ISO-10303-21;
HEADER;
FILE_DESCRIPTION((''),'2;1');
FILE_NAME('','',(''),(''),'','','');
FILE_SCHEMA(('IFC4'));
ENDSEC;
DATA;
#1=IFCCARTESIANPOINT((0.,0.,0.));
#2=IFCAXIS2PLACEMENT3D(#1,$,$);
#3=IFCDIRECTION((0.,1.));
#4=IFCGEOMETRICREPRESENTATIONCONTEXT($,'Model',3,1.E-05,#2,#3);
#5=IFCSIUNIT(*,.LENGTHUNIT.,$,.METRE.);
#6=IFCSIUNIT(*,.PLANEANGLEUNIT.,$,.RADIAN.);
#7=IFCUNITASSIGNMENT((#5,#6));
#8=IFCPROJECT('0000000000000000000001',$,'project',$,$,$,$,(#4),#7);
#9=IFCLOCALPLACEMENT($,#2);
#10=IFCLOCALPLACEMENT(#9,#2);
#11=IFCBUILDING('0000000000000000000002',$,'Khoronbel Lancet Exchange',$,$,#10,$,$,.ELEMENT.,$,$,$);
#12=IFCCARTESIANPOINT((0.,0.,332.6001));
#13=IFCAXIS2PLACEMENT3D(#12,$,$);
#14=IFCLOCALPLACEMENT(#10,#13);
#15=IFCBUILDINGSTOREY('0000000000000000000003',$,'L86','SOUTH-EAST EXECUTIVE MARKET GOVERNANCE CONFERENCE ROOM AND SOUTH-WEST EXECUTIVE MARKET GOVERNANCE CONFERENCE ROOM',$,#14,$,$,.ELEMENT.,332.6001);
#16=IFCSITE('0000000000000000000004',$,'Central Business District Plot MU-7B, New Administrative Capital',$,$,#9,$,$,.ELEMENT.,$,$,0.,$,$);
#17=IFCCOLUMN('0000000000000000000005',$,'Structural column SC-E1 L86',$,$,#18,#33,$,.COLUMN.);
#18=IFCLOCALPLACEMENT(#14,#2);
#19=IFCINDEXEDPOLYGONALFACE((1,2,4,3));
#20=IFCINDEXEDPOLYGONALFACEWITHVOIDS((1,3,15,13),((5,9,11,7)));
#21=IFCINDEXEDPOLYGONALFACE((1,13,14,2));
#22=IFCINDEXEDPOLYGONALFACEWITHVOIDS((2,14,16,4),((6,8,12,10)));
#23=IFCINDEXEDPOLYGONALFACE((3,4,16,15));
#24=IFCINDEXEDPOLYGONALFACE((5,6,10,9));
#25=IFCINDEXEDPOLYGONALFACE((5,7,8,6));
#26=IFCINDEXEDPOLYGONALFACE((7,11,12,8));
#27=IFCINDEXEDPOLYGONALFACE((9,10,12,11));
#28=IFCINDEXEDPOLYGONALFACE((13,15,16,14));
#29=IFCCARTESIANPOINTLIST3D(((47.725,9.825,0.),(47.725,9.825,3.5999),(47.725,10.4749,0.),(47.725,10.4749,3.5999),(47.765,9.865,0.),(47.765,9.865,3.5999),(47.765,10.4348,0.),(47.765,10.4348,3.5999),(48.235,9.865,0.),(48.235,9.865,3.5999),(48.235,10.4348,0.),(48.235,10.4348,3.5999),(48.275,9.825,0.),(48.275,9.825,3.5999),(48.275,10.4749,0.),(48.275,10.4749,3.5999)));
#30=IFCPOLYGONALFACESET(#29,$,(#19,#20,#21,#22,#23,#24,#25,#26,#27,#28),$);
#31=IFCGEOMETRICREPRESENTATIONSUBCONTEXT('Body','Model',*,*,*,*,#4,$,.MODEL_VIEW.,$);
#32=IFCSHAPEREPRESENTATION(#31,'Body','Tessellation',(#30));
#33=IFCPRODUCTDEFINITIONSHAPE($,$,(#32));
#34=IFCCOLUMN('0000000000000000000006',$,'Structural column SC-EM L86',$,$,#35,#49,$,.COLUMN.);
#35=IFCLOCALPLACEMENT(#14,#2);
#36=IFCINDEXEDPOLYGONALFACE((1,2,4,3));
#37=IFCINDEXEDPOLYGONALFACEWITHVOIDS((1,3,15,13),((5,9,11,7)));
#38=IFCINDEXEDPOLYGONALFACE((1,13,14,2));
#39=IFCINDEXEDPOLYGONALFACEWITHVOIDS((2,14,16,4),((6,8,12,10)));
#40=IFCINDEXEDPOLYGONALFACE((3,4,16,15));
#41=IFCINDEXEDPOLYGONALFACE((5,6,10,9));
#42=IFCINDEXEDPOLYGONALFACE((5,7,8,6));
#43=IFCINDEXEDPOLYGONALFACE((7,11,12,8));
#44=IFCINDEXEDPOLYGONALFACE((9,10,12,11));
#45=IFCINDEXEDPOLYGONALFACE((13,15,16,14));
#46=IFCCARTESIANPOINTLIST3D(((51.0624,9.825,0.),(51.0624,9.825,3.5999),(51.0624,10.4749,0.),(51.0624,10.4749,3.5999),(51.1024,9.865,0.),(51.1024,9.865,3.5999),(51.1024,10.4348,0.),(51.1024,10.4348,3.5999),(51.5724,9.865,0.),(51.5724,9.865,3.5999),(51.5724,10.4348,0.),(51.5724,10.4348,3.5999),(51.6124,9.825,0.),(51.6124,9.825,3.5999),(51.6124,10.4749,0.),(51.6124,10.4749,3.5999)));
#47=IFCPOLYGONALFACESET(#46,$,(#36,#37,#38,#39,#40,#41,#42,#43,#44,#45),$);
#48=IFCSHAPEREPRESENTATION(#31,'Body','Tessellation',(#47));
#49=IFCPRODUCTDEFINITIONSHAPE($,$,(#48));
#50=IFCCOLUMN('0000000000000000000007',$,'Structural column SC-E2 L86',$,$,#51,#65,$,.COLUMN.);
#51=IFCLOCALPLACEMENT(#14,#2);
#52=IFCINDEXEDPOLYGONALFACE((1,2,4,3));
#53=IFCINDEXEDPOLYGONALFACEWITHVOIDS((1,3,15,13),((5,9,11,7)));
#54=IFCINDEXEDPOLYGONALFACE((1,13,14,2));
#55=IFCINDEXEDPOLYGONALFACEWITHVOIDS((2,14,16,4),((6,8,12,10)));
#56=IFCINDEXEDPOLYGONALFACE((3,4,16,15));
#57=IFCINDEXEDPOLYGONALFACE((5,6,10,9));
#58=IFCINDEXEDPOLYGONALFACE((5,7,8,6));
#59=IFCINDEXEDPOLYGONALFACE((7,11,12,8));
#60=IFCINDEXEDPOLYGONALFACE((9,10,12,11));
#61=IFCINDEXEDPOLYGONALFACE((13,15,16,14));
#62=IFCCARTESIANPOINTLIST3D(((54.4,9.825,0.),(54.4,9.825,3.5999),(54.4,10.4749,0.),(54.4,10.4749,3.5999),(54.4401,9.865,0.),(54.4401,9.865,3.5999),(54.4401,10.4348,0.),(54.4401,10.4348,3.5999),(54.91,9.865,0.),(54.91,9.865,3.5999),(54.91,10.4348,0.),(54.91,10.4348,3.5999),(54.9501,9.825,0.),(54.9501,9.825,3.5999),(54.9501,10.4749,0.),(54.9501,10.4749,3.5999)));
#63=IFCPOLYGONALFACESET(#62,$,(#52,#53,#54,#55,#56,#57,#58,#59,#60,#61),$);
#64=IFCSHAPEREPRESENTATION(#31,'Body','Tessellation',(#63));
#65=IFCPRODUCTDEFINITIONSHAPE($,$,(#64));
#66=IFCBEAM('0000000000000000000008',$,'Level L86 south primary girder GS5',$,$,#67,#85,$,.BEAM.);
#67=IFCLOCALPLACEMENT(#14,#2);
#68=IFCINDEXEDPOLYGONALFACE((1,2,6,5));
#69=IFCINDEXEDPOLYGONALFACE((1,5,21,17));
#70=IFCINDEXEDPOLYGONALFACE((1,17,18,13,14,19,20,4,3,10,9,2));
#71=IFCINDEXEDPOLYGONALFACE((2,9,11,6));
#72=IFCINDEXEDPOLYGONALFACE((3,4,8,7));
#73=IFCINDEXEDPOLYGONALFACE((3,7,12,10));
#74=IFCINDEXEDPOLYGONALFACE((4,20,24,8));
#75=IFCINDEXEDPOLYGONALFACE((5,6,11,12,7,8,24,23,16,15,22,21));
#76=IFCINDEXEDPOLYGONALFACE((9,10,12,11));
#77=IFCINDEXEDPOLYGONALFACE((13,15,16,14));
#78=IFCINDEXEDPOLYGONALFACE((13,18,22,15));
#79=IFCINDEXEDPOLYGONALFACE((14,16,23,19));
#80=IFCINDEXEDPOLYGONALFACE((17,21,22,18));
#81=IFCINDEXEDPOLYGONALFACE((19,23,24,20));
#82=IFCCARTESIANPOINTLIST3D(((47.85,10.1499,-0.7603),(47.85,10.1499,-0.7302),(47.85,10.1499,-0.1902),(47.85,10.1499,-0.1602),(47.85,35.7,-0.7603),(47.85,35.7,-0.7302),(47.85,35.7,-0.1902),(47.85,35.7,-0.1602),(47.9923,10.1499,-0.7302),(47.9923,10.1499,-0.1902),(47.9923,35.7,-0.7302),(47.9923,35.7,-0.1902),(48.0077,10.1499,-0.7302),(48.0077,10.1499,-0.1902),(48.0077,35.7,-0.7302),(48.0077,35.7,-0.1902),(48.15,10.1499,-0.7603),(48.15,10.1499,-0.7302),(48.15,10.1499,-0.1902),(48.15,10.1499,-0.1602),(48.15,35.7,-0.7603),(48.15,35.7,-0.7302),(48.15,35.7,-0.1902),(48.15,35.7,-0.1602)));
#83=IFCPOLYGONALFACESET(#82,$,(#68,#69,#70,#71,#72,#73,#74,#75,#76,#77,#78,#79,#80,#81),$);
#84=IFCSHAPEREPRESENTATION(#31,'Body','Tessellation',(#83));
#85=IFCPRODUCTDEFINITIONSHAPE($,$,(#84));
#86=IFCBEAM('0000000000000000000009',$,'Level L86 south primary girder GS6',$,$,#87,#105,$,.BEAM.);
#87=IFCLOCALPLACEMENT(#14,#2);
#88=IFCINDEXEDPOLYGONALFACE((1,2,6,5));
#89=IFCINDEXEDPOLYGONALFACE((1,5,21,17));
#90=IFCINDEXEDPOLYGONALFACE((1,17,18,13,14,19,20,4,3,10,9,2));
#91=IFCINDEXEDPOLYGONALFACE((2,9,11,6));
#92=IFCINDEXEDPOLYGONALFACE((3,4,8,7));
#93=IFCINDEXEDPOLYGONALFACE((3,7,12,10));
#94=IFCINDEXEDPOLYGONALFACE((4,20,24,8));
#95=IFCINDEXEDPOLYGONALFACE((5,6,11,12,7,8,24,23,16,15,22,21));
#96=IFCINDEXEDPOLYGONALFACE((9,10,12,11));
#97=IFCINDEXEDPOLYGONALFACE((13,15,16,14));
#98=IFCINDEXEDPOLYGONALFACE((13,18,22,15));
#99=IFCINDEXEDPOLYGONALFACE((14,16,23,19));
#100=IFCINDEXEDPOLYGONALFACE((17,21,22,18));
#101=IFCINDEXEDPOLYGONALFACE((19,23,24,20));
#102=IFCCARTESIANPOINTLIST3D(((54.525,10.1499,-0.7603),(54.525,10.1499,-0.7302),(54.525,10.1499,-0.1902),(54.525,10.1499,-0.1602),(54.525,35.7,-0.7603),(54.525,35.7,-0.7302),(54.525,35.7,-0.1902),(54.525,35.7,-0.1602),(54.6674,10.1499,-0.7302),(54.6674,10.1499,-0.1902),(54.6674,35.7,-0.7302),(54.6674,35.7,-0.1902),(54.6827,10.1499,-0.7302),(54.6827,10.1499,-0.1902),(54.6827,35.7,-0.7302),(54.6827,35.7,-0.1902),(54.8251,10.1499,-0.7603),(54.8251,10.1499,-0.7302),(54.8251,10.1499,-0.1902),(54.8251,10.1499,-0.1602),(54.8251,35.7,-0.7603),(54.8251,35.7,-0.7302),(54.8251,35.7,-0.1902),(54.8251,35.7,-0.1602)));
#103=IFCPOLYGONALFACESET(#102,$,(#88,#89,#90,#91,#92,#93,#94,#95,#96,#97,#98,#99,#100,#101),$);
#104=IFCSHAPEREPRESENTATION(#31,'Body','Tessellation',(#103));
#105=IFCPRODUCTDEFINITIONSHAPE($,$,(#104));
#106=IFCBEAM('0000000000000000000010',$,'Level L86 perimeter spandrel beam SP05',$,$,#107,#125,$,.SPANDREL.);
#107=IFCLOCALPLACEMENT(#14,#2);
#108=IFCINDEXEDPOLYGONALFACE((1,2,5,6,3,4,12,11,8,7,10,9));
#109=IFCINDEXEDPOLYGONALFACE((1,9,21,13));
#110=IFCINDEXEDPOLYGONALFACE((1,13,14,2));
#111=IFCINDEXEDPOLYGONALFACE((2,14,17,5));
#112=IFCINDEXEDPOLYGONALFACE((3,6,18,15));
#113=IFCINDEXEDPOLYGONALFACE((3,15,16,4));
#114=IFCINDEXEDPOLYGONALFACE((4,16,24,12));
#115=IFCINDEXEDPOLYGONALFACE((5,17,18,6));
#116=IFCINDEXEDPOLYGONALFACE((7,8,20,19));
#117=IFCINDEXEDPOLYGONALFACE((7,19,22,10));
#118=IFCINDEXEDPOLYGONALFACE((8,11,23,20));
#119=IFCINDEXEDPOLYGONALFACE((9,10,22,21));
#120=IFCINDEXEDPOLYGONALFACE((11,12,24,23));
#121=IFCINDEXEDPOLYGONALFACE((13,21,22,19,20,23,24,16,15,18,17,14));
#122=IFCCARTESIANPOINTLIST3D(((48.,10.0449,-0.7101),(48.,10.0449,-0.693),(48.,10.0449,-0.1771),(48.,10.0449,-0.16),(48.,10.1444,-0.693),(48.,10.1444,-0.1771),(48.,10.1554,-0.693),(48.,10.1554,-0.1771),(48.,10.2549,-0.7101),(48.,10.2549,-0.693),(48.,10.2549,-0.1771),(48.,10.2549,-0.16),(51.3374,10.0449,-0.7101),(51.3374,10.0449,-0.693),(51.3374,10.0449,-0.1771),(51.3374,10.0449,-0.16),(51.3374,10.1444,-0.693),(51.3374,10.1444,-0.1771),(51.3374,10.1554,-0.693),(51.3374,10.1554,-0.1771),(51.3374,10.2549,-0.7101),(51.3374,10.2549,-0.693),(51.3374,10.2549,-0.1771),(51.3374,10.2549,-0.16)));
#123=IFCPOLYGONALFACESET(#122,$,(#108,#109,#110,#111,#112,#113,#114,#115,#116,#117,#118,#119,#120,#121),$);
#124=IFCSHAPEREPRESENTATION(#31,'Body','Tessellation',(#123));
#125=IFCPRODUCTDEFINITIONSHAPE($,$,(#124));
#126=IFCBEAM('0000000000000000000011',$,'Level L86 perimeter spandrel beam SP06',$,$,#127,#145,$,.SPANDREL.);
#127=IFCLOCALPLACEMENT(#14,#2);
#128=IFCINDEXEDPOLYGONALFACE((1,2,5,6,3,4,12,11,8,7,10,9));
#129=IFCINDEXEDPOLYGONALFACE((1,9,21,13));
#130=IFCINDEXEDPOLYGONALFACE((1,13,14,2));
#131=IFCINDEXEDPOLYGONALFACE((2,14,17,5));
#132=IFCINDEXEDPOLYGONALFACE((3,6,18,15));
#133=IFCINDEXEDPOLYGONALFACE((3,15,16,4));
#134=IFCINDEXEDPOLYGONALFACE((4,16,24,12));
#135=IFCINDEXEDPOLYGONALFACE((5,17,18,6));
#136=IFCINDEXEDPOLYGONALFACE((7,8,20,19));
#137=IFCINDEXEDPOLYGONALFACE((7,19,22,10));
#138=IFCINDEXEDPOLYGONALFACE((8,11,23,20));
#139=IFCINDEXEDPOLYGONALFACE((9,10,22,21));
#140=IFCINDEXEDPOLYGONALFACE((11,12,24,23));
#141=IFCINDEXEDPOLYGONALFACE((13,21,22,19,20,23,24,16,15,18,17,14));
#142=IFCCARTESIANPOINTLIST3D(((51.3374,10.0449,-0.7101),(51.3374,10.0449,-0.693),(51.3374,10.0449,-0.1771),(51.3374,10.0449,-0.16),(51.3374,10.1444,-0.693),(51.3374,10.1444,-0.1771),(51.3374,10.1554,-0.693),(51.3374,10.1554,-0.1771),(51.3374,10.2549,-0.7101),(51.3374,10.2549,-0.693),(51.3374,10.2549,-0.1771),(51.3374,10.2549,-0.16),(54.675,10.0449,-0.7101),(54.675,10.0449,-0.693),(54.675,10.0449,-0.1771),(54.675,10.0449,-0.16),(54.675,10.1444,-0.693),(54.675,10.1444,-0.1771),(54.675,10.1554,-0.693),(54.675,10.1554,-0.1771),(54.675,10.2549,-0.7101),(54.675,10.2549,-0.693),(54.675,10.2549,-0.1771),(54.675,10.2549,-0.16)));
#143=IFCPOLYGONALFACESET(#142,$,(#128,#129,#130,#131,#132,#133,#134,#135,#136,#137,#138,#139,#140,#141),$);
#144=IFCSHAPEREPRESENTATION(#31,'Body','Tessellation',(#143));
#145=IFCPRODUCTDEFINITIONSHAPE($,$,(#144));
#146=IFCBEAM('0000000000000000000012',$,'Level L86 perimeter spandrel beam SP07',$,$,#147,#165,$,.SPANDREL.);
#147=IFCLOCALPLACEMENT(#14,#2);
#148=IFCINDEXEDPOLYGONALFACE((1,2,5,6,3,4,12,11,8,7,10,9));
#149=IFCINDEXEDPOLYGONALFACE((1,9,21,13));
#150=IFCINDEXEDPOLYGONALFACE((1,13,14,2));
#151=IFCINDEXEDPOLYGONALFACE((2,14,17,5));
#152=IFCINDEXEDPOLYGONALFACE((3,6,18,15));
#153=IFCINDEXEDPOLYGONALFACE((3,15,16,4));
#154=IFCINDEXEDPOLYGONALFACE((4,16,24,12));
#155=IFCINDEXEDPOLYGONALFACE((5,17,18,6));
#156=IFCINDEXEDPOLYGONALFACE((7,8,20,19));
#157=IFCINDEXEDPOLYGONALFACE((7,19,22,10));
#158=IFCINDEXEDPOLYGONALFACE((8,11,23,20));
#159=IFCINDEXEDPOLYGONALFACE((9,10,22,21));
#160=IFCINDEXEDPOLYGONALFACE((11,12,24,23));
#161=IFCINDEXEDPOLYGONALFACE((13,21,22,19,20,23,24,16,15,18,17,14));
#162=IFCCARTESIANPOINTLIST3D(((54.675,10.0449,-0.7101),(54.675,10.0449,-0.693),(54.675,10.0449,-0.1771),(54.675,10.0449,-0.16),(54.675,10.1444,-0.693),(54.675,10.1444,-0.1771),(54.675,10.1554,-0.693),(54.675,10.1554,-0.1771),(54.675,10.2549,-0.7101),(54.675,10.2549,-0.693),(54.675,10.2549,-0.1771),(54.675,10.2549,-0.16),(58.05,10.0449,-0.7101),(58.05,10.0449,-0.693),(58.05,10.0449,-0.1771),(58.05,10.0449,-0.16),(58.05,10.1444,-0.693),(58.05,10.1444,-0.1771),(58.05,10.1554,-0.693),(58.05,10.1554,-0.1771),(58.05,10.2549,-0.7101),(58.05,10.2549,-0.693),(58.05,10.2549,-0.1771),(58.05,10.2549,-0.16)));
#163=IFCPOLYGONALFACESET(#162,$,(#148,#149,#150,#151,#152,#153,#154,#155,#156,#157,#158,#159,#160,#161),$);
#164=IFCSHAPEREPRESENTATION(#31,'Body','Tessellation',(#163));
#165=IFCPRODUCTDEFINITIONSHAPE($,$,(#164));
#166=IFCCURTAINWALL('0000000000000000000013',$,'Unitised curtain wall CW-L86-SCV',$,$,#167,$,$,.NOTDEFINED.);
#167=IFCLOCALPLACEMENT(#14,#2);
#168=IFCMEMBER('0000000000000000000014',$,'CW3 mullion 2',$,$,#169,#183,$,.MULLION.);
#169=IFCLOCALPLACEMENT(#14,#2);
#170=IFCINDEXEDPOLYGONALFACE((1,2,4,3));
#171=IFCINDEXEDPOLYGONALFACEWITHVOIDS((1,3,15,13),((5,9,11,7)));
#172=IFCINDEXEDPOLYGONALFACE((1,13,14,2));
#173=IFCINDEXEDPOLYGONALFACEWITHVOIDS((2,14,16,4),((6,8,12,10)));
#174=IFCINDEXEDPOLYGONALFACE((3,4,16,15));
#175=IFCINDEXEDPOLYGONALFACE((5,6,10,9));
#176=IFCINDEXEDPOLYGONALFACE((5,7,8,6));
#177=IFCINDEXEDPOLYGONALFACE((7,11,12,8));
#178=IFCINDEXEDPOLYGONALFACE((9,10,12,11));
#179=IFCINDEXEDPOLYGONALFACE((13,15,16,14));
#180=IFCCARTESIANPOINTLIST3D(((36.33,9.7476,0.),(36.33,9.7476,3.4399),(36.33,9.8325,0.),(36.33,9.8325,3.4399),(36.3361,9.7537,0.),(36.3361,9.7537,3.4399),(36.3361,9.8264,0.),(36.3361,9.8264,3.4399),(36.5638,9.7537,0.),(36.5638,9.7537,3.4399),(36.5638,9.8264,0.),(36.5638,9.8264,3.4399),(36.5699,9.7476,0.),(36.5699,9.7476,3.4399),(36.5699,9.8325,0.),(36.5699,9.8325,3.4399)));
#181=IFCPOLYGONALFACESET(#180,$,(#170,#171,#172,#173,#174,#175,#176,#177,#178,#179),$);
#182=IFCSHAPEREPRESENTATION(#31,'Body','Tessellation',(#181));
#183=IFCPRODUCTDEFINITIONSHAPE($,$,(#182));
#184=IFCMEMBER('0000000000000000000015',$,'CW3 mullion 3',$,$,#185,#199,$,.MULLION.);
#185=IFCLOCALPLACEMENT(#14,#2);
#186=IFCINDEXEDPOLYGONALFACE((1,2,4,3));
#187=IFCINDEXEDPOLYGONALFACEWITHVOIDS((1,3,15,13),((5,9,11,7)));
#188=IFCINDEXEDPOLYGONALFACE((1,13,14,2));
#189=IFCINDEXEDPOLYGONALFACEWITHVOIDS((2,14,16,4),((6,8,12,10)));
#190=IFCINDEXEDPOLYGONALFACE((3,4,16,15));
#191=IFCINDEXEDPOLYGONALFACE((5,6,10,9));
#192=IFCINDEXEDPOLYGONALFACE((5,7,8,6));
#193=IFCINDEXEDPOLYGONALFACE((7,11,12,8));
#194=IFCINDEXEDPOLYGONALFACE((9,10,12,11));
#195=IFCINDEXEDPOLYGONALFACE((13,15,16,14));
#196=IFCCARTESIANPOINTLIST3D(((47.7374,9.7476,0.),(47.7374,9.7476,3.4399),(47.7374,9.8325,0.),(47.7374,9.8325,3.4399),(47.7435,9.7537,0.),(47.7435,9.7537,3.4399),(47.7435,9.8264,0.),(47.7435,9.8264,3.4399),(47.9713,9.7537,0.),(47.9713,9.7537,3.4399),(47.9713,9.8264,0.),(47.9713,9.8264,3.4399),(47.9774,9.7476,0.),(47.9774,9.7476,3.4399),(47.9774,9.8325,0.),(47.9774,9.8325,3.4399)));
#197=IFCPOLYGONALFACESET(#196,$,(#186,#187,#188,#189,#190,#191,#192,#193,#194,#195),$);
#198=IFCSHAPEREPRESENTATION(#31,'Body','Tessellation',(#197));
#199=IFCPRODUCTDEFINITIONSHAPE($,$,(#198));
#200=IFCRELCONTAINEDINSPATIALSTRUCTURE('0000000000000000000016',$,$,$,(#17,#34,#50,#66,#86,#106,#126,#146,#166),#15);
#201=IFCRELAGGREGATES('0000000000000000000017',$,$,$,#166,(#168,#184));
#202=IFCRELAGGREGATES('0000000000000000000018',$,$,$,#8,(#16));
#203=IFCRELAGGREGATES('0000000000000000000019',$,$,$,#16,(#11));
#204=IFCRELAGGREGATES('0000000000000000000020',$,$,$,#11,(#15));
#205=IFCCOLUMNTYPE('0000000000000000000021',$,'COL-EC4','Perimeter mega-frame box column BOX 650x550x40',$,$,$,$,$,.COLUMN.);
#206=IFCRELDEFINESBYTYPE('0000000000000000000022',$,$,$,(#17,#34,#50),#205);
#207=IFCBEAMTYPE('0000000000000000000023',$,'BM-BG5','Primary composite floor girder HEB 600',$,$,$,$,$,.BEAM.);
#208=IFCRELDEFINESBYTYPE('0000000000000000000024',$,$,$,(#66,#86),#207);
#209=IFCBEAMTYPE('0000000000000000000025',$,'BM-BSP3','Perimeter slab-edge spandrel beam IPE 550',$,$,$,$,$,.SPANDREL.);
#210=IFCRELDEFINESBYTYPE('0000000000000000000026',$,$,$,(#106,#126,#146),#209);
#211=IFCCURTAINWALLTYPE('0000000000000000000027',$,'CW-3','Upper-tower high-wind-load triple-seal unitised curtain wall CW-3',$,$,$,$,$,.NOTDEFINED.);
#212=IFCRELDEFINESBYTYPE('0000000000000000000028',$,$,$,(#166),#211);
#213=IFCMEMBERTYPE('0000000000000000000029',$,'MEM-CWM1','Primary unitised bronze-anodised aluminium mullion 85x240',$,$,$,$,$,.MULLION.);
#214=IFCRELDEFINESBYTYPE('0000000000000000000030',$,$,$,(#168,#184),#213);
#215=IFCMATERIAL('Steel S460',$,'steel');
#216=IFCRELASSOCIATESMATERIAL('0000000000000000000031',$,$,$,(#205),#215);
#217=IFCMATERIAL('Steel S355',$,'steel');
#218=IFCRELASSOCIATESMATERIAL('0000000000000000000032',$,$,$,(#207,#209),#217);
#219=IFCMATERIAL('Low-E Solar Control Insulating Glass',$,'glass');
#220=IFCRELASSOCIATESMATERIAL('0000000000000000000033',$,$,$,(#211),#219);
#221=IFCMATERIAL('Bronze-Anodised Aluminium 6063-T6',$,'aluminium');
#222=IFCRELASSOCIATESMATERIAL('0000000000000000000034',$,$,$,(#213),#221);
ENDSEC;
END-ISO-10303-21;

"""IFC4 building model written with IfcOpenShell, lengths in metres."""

from ifc_helpers import new_model, si_unit, direction, frame, origin, origin_2d, place, context, subcontext, project, spatial, hollow_rectangle, i_section, extrude, material, material_profile, profile_set, type_object, element, aggregate, save


model = new_model("IFC4")

# Units and contexts
model_context = context("Model", 3, precision=1e-05, world=origin(), true_north=direction((0.0, 1.0)))
body_context = subcontext(model_context, "Body", "Model", "MODEL_VIEW")
ifc_project = project(units=[si_unit("LENGTHUNIT", "METRE"), si_unit("PLANEANGLEUNIT", "RADIAN")], contexts=[model_context])

# Site, building, storey
site_placement = place(None, origin())
site = spatial("IfcSite", under=ifc_project, at=site_placement, Name="Central Business District Plot MU-7B, New Administrative Capital", CompositionType="ELEMENT", RefElevation=0.0)
building_placement = place(site_placement, origin())
building = spatial("IfcBuilding", under=site, at=building_placement, Name="Khoronbel Lancet Exchange", CompositionType="ELEMENT")
storey_placement = place(building_placement, frame((0.0, 0.0, 332.6001)))
storey = spatial("IfcBuildingStorey", under=building, at=storey_placement, Name="L86", Description="SOUTH-EAST EXECUTIVE MARKET GOVERNANCE CONFERENCE ROOM AND SOUTH-WEST EXECUTIVE MARKET GOVERNANCE CONFERENCE ROOM", CompositionType="ELEMENT", Elevation=332.6001)

# Columns
ifc_material_1 = material(Name="Steel S460", Category="steel")
ifc_material_profile_1 = material_profile(ifc_material_1, hollow_rectangle(XDim=0.55, YDim=0.6499, WallThickness=0.04, at=origin_2d()), Name="BOX 650x550x40")
ifc_profile_set_1 = profile_set([ifc_material_profile_1], Name="Steel S460")
column_type = type_object("IfcColumnType", Name="COL-EC4", Description="Perimeter mega-frame box column BOX 650x550x40", PredefinedType="COLUMN", material=ifc_profile_set_1)
for number, where, z_axis, x_axis, name in (
    (1, (48.0, 10.1499, 0.0), (0.0, 0.0, 1.0), (1.0, 0.0, 0.0), "Structural column SC-E1 L86"),
    (2, (51.3374, 10.1499, 0.0), (0.0, 0.0, 1.0), (1.0, 0.0, 0.0), "Structural column SC-EM L86"),
    (3, (54.675, 10.1499, 0.0), (0.0, 0.0, 1.0), (1.0, 0.0, 0.0), "Structural column SC-E2 L86"),
):
    element("IfcColumn", number, at=place(storey_placement, frame(where, z_axis=z_axis, x_axis=x_axis)), inside=storey, type_object=column_type, Name=name, PredefinedType="COLUMN", context=body_context, shape_type="SweptSolid", body=[
        extrude(hollow_rectangle(XDim=0.55, YDim=0.6499, WallThickness=0.04, at=origin_2d()), origin(), (0.0, 0.0, 1.0), 3.5999),
    ])

# Beams
ifc_material_2 = material(Name="Steel S355", Category="steel")
ifc_material_profile_2 = material_profile(ifc_material_2, i_section(OverallWidth=0.3, OverallDepth=0.6001, WebThickness=0.0154, FlangeThickness=0.03, at=origin_2d()), Name="HEB 600")
ifc_profile_set_2 = profile_set([ifc_material_profile_2], Name="Steel S355")
beam_type_1 = type_object("IfcBeamType", Name="BM-BG5", Description="Primary composite floor girder HEB 600", PredefinedType="BEAM", material=ifc_profile_set_2)
for number, where, z_axis, x_axis, name in (
    (4, (48.0, 10.1499, -0.4602), (0.0, 1.0, 0.0), (-1.0, 0.0, 0.0), "Level L86 south primary girder GS5"),
    (5, (54.675, 10.1499, -0.4602), (0.0, 1.0, 0.0), (-1.0, 0.0, 0.0), "Level L86 south primary girder GS6"),
):
    element("IfcBeam", number, at=place(storey_placement, frame(where, z_axis=z_axis, x_axis=x_axis)), inside=storey, type_object=beam_type_1, Name=name, PredefinedType="BEAM", context=body_context, shape_type="SweptSolid", body=[
        extrude(i_section(OverallWidth=0.3, OverallDepth=0.6001, WebThickness=0.0154, FlangeThickness=0.03, at=origin_2d()), origin(), (0.0, 0.0, 1.0), 25.55),
    ])
ifc_material_profile_3 = material_profile(ifc_material_2, i_section(OverallWidth=0.21, OverallDepth=0.55, WebThickness=0.011, FlangeThickness=0.0171, at=origin_2d()), Name="IPE 550")
ifc_profile_set_3 = profile_set([ifc_material_profile_3], Name="Steel S355")
beam_type_2 = type_object("IfcBeamType", Name="BM-BSP3", Description="Perimeter slab-edge spandrel beam IPE 550", PredefinedType="SPANDREL", material=ifc_profile_set_3)
beam_1_placement = place(storey_placement, frame((48.0, 10.1499, -0.4351), z_axis=(1.0, 0.0, 0.0), x_axis=(0.0, 1.0, 0.0)))
element("IfcBeam", 6, at=beam_1_placement, inside=storey, type_object=beam_type_2, Name="Level L86 perimeter spandrel beam SP05", PredefinedType="SPANDREL", context=body_context, shape_type="SweptSolid", body=[
    extrude(i_section(OverallWidth=0.21, OverallDepth=0.55, WebThickness=0.011, FlangeThickness=0.0171, at=origin_2d()), origin(), (0.0, 0.0, 1.0), 3.3374),
])
beam_2_placement = place(storey_placement, frame((51.3374, 10.1499, -0.4351), z_axis=(1.0, 0.0, 0.0), x_axis=(0.0, 1.0, 0.0)))
element("IfcBeam", 7, at=beam_2_placement, inside=storey, type_object=beam_type_2, Name="Level L86 perimeter spandrel beam SP06", PredefinedType="SPANDREL", context=body_context, shape_type="SweptSolid", body=[
    extrude(i_section(OverallWidth=0.21, OverallDepth=0.55, WebThickness=0.011, FlangeThickness=0.0171, at=origin_2d()), origin(), (0.0, 0.0, 1.0), 3.3376),
])
beam_3_placement = place(storey_placement, frame((54.675, 10.1499, -0.4351), z_axis=(1.0, 0.0, 0.0), x_axis=(0.0, 1.0, 0.0)))
element("IfcBeam", 8, at=beam_3_placement, inside=storey, type_object=beam_type_2, Name="Level L86 perimeter spandrel beam SP07", PredefinedType="SPANDREL", context=body_context, shape_type="SweptSolid", body=[
    extrude(i_section(OverallWidth=0.21, OverallDepth=0.55, WebThickness=0.011, FlangeThickness=0.0171, at=origin_2d()), origin(), (0.0, 0.0, 1.0), 3.375),
])

# Curtain wall, members
ifc_material_3 = material(Name="Low-E Solar Control Insulating Glass", Category="glass")
curtain_wall_type = type_object("IfcCurtainWallType", Name="CW-3", Description="Upper-tower high-wind-load triple-seal unitised curtain wall CW-3", PredefinedType="NOTDEFINED", material=ifc_material_3)
curtain_wall_1_placement = place(storey_placement, origin())
curtain_wall_1 = element("IfcCurtainWall", 9, at=curtain_wall_1_placement, inside=storey, type_object=curtain_wall_type, Name="Unitised curtain wall CW-L86-SCV", PredefinedType="NOTDEFINED")
ifc_material_4 = material(Name="Bronze-Anodised Aluminium 6063-T6", Category="aluminium")
ifc_material_profile_4 = material_profile(ifc_material_4, hollow_rectangle(XDim=0.085, YDim=0.24, WallThickness=0.0061, at=origin_2d()), Name="ALU MULLION 85x240")
ifc_profile_set_4 = profile_set([ifc_material_profile_4], Name="Bronze-Anodised Aluminium 6063-T6")
member_type_1 = type_object("IfcMemberType", Name="MEM-CWM1", Description="Primary unitised bronze-anodised aluminium mullion 85x240", PredefinedType="MULLION", material=ifc_profile_set_4)
member_1_placement = place(storey_placement, frame((36.45, 9.79, 0.0), z_axis=(0.0, 0.0, 1.0), x_axis=(0.0, 1.0, 0.0)))
member_1 = element("IfcMember", 10, at=member_1_placement, type_object=member_type_1, Name="CW3 mullion 2", PredefinedType="MULLION", context=body_context, shape_type="SweptSolid", body=[
    extrude(hollow_rectangle(XDim=0.085, YDim=0.24, WallThickness=0.0061, at=origin_2d()), origin(), (0.0, 0.0, 1.0), 3.4399),
])
member_2_placement = place(storey_placement, frame((47.8574, 9.79, 0.0), z_axis=(0.0, 0.0, 1.0), x_axis=(0.0, 1.0, 0.0)))
member_2 = element("IfcMember", 11, at=member_2_placement, type_object=member_type_1, Name="CW3 mullion 3", PredefinedType="MULLION", context=body_context, shape_type="SweptSolid", body=[
    extrude(hollow_rectangle(XDim=0.085, YDim=0.24, WallThickness=0.0061, at=origin_2d()), origin(), (0.0, 0.0, 1.0), 3.4399),
])

aggregate(curtain_wall_1, [member_1, member_2])

save(model, "model.ifc")
